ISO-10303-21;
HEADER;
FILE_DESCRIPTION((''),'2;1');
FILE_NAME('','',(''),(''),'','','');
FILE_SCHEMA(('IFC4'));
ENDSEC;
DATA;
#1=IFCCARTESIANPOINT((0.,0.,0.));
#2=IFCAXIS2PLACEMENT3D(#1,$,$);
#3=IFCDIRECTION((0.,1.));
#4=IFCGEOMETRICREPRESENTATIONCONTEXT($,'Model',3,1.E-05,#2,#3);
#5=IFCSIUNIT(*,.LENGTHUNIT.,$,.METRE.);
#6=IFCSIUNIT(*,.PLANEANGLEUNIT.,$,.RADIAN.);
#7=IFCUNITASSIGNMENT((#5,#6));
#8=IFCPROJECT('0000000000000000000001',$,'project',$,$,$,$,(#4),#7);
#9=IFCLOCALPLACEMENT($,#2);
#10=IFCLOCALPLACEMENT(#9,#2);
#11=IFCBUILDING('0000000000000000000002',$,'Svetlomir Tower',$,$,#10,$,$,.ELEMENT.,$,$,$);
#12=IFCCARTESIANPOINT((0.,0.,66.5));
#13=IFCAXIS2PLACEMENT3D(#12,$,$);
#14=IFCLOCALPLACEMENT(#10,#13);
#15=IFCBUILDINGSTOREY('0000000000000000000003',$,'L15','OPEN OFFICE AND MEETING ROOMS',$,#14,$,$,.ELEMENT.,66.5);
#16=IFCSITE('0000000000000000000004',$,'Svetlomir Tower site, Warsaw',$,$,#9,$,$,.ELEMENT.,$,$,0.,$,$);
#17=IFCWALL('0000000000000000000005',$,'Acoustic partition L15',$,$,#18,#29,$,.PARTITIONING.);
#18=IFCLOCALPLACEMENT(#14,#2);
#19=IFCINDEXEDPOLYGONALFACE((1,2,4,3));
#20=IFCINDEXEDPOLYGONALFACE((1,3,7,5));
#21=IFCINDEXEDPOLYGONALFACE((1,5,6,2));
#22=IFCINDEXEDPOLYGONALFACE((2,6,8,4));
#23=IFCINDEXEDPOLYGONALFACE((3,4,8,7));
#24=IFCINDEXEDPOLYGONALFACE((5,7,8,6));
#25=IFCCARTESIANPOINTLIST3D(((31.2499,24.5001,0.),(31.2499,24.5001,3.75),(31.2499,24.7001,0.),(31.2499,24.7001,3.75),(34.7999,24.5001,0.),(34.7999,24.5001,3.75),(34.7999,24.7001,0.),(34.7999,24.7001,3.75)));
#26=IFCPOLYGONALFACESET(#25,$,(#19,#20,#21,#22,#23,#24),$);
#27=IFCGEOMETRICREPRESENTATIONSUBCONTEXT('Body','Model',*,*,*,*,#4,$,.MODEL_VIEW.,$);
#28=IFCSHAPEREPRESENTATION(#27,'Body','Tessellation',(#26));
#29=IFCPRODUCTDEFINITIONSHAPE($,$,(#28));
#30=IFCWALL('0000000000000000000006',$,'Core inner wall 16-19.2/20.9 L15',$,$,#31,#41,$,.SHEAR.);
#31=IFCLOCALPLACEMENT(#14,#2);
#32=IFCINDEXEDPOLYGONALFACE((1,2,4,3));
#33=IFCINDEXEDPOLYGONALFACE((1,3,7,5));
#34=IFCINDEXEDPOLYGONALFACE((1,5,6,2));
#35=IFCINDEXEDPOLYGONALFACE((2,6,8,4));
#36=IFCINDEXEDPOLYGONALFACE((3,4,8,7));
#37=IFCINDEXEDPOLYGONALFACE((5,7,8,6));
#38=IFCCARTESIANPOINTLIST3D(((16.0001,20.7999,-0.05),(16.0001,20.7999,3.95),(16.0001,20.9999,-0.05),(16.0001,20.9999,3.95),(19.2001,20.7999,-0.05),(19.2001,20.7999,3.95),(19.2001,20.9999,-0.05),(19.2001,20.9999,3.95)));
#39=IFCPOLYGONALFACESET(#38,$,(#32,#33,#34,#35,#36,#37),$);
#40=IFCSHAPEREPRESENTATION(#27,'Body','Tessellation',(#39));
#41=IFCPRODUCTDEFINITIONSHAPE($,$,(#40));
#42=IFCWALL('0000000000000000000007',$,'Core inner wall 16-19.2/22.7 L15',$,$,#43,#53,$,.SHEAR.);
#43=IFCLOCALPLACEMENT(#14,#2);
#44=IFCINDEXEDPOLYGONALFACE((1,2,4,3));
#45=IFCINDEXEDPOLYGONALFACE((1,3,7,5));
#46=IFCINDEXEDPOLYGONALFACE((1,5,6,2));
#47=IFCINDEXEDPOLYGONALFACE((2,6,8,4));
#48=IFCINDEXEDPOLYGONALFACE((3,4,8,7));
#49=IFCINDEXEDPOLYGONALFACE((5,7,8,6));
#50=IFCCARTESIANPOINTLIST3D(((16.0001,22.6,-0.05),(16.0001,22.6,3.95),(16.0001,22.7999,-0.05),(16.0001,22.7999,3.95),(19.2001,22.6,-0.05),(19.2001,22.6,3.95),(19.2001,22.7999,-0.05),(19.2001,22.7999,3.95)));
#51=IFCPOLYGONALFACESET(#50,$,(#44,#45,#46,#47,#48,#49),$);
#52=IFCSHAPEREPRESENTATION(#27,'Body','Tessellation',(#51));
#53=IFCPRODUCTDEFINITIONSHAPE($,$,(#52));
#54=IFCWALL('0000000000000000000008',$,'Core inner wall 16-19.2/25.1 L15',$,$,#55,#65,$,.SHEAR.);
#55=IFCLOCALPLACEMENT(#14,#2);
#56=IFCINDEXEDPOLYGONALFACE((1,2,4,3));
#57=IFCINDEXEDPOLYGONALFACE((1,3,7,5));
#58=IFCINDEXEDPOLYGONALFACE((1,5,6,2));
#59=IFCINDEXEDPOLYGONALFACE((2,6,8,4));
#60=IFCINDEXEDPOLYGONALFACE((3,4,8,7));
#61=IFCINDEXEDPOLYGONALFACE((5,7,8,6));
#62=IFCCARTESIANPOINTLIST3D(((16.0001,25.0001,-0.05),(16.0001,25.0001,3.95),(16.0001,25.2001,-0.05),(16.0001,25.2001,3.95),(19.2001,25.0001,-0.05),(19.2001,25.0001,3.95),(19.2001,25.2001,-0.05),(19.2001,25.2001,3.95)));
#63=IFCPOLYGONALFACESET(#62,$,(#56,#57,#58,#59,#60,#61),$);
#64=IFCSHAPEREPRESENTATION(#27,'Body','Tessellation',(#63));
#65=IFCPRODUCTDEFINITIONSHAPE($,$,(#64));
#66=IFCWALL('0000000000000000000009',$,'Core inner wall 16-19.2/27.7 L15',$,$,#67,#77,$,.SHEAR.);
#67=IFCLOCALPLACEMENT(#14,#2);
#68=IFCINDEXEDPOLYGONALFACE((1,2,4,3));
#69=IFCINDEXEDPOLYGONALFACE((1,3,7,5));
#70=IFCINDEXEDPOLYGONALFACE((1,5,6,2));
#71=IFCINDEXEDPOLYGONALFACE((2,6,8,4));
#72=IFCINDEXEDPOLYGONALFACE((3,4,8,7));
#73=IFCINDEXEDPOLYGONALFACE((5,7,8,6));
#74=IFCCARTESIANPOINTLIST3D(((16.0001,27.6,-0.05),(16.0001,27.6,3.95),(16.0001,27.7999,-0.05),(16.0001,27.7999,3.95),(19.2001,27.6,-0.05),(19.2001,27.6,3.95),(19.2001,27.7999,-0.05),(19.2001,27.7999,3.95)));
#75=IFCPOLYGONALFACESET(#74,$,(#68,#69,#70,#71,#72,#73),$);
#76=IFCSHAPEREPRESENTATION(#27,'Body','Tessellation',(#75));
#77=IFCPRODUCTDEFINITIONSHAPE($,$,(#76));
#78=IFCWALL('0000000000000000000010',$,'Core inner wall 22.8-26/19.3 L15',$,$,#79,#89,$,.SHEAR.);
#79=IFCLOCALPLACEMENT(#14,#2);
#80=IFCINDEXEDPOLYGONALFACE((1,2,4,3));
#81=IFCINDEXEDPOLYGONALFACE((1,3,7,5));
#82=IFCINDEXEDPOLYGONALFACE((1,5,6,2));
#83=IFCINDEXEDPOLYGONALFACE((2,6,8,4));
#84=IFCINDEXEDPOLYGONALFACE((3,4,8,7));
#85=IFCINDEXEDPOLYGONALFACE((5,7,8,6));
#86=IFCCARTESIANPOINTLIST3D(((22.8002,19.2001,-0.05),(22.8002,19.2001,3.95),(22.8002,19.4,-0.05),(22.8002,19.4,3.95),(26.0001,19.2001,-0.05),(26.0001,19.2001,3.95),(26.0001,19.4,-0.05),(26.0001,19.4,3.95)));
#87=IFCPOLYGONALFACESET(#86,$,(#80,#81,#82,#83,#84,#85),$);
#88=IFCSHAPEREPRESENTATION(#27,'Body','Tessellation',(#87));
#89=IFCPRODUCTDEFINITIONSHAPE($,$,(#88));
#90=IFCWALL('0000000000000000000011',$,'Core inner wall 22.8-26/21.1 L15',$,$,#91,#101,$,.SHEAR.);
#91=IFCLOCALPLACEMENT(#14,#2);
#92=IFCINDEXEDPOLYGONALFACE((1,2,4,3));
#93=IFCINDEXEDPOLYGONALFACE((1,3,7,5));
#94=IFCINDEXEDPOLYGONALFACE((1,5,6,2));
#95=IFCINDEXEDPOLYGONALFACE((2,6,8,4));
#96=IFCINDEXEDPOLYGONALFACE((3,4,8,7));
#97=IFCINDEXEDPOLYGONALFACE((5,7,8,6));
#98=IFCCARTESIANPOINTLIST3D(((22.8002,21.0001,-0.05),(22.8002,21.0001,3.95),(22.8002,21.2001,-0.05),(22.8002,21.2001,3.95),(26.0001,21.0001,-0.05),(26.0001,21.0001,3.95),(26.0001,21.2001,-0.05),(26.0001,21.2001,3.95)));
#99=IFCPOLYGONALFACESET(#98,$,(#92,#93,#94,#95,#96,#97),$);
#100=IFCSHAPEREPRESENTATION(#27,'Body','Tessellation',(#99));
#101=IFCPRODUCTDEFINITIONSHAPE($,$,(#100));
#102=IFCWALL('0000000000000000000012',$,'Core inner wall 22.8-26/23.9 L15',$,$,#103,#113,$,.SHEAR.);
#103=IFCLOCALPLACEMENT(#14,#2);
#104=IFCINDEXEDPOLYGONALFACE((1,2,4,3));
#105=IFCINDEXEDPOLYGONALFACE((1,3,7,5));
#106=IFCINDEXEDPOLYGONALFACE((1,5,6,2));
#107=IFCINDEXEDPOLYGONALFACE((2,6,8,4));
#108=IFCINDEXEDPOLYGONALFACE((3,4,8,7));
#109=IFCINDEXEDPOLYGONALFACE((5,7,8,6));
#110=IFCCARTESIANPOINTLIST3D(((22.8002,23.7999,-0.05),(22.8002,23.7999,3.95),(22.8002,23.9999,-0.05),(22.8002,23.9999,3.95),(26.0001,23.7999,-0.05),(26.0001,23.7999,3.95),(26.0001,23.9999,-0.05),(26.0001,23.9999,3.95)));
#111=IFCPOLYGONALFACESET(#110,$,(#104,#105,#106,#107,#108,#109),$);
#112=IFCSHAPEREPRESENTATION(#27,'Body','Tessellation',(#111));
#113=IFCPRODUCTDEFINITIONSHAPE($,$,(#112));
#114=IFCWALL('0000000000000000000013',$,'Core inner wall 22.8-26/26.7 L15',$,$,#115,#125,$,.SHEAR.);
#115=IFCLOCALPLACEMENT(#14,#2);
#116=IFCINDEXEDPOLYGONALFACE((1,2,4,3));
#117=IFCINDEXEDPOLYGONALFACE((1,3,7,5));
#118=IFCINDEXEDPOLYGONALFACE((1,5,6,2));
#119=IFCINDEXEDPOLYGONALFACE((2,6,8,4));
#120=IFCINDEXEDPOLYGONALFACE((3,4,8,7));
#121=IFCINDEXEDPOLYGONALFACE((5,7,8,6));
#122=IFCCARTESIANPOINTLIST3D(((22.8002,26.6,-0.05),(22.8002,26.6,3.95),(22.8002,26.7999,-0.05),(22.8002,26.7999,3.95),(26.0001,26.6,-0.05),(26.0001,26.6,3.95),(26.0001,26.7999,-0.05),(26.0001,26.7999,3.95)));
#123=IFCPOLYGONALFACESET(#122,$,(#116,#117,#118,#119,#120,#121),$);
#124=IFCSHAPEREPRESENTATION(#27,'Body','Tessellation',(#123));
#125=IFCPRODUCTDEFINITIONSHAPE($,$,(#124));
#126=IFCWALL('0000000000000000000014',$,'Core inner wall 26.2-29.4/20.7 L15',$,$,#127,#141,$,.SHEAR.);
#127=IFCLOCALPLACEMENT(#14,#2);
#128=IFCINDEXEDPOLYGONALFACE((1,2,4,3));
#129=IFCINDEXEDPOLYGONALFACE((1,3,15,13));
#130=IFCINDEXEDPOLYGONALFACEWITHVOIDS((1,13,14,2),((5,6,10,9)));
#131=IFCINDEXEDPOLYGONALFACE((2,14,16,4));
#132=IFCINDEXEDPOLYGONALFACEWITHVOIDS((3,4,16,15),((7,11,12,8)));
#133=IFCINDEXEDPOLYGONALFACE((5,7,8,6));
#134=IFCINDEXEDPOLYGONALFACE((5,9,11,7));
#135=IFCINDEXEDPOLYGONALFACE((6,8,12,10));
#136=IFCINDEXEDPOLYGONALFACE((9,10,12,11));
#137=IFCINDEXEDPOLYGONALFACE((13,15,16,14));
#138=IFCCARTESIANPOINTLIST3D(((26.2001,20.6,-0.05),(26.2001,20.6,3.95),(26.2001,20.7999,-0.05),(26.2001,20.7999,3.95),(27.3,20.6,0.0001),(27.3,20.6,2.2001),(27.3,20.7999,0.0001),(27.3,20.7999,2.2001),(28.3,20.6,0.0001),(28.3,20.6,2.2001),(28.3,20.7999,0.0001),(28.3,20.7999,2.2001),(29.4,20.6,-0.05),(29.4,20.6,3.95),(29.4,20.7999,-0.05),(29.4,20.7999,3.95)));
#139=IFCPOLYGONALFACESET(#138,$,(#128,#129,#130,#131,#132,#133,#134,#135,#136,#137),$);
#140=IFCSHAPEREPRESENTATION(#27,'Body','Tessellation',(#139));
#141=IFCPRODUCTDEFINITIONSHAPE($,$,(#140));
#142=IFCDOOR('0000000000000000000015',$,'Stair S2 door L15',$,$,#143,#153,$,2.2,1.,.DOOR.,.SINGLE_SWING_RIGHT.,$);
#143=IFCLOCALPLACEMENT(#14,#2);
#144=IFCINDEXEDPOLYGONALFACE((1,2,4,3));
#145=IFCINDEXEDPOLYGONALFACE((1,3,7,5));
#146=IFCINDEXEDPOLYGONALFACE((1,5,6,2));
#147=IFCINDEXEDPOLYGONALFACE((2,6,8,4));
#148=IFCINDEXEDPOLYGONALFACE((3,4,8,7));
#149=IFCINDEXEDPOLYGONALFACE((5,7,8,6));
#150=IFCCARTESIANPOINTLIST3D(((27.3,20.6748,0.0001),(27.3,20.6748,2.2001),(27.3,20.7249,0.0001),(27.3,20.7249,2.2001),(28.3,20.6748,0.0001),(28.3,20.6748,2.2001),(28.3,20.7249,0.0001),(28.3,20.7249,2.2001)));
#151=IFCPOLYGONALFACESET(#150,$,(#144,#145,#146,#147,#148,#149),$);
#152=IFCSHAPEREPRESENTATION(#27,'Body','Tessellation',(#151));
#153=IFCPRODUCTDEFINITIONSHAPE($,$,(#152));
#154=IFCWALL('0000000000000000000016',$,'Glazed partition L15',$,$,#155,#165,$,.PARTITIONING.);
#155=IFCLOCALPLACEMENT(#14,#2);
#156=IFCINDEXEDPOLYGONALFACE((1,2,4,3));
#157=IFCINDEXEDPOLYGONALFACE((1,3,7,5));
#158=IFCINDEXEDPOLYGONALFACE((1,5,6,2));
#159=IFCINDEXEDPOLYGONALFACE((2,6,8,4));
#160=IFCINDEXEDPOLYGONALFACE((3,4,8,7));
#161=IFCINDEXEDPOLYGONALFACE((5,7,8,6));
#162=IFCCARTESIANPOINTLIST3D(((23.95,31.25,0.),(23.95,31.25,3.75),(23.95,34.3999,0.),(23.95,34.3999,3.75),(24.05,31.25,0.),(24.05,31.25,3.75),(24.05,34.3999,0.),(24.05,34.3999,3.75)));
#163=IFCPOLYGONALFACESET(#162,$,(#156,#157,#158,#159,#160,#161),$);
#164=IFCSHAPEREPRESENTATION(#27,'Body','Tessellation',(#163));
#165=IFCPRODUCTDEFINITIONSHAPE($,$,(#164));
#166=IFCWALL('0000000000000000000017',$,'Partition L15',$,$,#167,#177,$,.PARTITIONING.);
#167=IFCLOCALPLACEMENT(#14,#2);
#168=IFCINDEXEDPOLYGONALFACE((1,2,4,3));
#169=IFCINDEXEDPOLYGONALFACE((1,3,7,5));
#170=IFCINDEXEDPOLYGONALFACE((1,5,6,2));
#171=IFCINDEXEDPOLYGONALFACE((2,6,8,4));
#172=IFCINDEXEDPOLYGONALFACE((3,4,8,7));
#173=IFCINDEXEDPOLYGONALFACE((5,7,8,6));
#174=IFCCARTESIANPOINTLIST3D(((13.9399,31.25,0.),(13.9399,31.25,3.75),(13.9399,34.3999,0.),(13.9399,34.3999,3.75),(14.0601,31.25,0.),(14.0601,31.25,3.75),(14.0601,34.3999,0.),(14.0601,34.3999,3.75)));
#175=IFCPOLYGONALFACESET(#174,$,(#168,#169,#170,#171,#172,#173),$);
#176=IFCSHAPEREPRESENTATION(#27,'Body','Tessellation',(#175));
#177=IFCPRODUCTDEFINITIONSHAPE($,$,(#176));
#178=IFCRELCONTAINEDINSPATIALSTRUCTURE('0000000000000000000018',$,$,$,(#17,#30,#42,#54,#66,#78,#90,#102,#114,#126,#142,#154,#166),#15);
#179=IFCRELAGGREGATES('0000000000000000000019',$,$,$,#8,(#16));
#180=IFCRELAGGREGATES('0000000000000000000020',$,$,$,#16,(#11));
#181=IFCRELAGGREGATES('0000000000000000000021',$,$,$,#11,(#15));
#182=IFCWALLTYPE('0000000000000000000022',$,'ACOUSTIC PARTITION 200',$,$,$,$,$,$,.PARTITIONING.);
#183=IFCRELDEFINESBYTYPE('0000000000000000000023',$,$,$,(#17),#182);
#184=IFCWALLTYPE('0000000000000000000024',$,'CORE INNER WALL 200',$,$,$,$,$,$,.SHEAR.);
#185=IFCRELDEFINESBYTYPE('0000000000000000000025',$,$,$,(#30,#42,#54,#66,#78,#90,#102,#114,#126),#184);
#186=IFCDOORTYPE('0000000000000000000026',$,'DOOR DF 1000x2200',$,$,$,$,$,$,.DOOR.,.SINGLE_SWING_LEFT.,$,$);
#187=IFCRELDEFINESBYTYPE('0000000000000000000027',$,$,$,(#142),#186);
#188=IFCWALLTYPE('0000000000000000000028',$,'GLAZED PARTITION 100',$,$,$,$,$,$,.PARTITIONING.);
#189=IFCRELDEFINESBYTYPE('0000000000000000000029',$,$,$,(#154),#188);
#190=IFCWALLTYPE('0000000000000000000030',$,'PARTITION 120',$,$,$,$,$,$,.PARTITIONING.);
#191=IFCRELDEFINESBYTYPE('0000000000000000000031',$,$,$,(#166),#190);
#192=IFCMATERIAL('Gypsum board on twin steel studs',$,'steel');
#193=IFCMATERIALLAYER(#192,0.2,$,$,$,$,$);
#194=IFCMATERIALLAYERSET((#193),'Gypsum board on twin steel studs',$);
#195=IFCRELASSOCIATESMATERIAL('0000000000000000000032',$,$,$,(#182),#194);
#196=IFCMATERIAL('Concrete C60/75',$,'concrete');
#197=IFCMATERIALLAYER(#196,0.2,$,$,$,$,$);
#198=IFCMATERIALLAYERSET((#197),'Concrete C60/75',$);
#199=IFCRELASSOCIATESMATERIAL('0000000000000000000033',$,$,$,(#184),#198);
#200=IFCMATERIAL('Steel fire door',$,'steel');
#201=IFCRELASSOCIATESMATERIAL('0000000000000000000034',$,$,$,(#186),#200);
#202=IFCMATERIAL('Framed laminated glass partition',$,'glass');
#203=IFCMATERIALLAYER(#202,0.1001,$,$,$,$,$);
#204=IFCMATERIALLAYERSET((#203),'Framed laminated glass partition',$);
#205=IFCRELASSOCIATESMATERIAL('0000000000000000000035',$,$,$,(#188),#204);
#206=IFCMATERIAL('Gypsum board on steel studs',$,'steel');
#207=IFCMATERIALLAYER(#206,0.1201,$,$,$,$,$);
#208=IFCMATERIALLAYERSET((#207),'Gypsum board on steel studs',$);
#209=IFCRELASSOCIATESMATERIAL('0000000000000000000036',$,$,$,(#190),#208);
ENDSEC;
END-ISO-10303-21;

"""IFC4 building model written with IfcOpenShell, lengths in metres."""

from ifc_helpers import new_model, si_unit, direction, frame, frame_2d, origin, place, context, subcontext, project, spatial, rectangle, extrude, material, layer, layer_set, type_object, element, fill, save


model = new_model("IFC4")

# Units and contexts
model_context = context("Model", 3, precision=1e-05, world=origin(), true_north=direction((0.0, 1.0)))
body_context = subcontext(model_context, "Body", "Model", "MODEL_VIEW")
ifc_project = project(units=[si_unit("LENGTHUNIT", "METRE"), si_unit("PLANEANGLEUNIT", "RADIAN")], contexts=[model_context])

# Site, building, storey
site_placement = place(None, origin())
site = spatial("IfcSite", under=ifc_project, at=site_placement, Name="Svetlomir Tower site, Warsaw", CompositionType="ELEMENT", RefElevation=0.0)
building_placement = place(site_placement, origin())
building = spatial("IfcBuilding", under=site, at=building_placement, Name="Svetlomir Tower", CompositionType="ELEMENT")
storey_placement = place(building_placement, frame((0.0, 0.0, 66.5)))
storey = spatial("IfcBuildingStorey", under=building, at=storey_placement, Name="L15", Description="OPEN OFFICE AND MEETING ROOMS", CompositionType="ELEMENT", Elevation=66.5)

# Walls
ifc_material_1 = material(Name="Gypsum board on twin steel studs", Category="steel")
ifc_layer_1 = layer(ifc_material_1, 0.2)
ifc_layer_set_1 = layer_set([ifc_layer_1], Name="Gypsum board on twin steel studs")
wall_type_1 = type_object("IfcWallType", Name="ACOUSTIC PARTITION 200", PredefinedType="PARTITIONING", material=ifc_layer_set_1)
wall_1_placement = place(storey_placement, frame((31.25, 24.6001, 0.0), z_axis=(0.0, 0.0, 1.0), x_axis=(1.0, 0.0, 0.0)))
element("IfcWall", 1, at=wall_1_placement, inside=storey, type_object=wall_type_1, Name="Acoustic partition L15", PredefinedType="PARTITIONING", context=body_context, shape_type="SweptSolid", body=[
    extrude(rectangle(XDim=3.55, YDim=0.2, at=frame_2d((1.7749, 0.0))), origin(), (0.0, 0.0, 1.0), 3.75),
])
ifc_material_2 = material(Name="Concrete C60/75", Category="concrete")
ifc_layer_2 = layer(ifc_material_2, 0.2)
ifc_layer_set_2 = layer_set([ifc_layer_2], Name="Concrete C60/75")
wall_type_2 = type_object("IfcWallType", Name="CORE INNER WALL 200", PredefinedType="SHEAR", material=ifc_layer_set_2)
for number, where, z_axis, x_axis, name in (
    (2, (16.0, 20.8999, -0.05), (0.0, 0.0, 1.0), (1.0, 0.0, 0.0), "Core inner wall 16-19.2/20.9 L15"),
    (3, (16.0, 22.7, -0.05), (0.0, 0.0, 1.0), (1.0, 0.0, 0.0), "Core inner wall 16-19.2/22.7 L15"),
    (4, (16.0, 25.1001, -0.05), (0.0, 0.0, 1.0), (1.0, 0.0, 0.0), "Core inner wall 16-19.2/25.1 L15"),
    (5, (16.0, 27.7, -0.05), (0.0, 0.0, 1.0), (1.0, 0.0, 0.0), "Core inner wall 16-19.2/27.7 L15"),
    (6, (22.8, 19.3, -0.05), (0.0, 0.0, 1.0), (1.0, 0.0, 0.0), "Core inner wall 22.8-26/19.3 L15"),
    (7, (22.8, 21.1001, -0.05), (0.0, 0.0, 1.0), (1.0, 0.0, 0.0), "Core inner wall 22.8-26/21.1 L15"),
    (8, (22.8, 23.8999, -0.05), (0.0, 0.0, 1.0), (1.0, 0.0, 0.0), "Core inner wall 22.8-26/23.9 L15"),
    (9, (22.8, 26.7, -0.05), (0.0, 0.0, 1.0), (1.0, 0.0, 0.0), "Core inner wall 22.8-26/26.7 L15"),
):
    element("IfcWall", number, at=place(storey_placement, frame(where, z_axis=z_axis, x_axis=x_axis)), inside=storey, type_object=wall_type_2, Name=name, PredefinedType="SHEAR", context=body_context, shape_type="SweptSolid", body=[
        extrude(rectangle(XDim=3.2, YDim=0.2, at=frame_2d((1.6001, 0.0))), origin(), (0.0, 0.0, 1.0), 4.0),
    ])

# Wall, opening, door
wall_2_placement = place(storey_placement, frame((26.2, 20.7, -0.05), z_axis=(0.0, 0.0, 1.0), x_axis=(1.0, 0.0, 0.0)))
wall_2 = element("IfcWall", 10, at=wall_2_placement, inside=storey, type_object=wall_type_2, Name="Core inner wall 26.2-29.4/20.7 L15", PredefinedType="SHEAR", context=body_context, shape_type="SweptSolid", body=[
    extrude(rectangle(XDim=3.2, YDim=0.2, at=frame_2d((1.6001, 0.0))), origin(), (0.0, 0.0, 1.0), 4.0),
])
opening_1_placement = place(wall_2_placement, frame((1.1001, 0.0, 0.05)))
opening_1 = element("IfcOpeningElement", 11, at=opening_1_placement, cuts=wall_2, PredefinedType="OPENING", context=body_context, shape_type="SweptSolid", body=[
    extrude(rectangle(XDim=1.0, YDim=2.2, at=frame_2d((0.5, 1.1001))), frame((0.0, 0.1099, 0.0), z_axis=(0.0, -1.0, 0.0), x_axis=(1.0, 0.0, 0.0)), (0.0, 0.0, 1.0), 0.22),
])
ifc_material_3 = material(Name="Steel fire door", Category="steel")
door_type_1 = type_object("IfcDoorType", Name="DOOR DF 1000x2200", OperationType="SINGLE_SWING_LEFT", PredefinedType="DOOR", material=ifc_material_3)
door_1_placement = place(opening_1_placement, origin())
door_1 = element("IfcDoor", 12, at=door_1_placement, inside=storey, type_object=door_type_1, Name="Stair S2 door L15", OperationType="SINGLE_SWING_RIGHT", OverallHeight=2.2, OverallWidth=1.0, PredefinedType="DOOR", context=body_context, shape_type="SweptSolid", body=[
    extrude(rectangle(XDim=1.0, YDim=2.2, at=frame_2d((0.5, 1.1001))), frame((0.0, 0.0249, 0.0), z_axis=(0.0, -1.0, 0.0), x_axis=(1.0, 0.0, 0.0)), (0.0, 0.0, 1.0), 0.05),
])
fill(opening_1, door_1)

# Walls
ifc_material_4 = material(Name="Framed laminated glass partition", Category="glass")
ifc_layer_3 = layer(ifc_material_4, 0.1001)
ifc_layer_set_3 = layer_set([ifc_layer_3], Name="Framed laminated glass partition")
wall_type_3 = type_object("IfcWallType", Name="GLAZED PARTITION 100", PredefinedType="PARTITIONING", material=ifc_layer_set_3)
wall_3_placement = place(storey_placement, frame((24.0, 31.25, 0.0), z_axis=(0.0, 0.0, 1.0), x_axis=(0.0, 1.0, 0.0)))
element("IfcWall", 13, at=wall_3_placement, inside=storey, type_object=wall_type_3, Name="Glazed partition L15", PredefinedType="PARTITIONING", context=body_context, shape_type="SweptSolid", body=[
    extrude(rectangle(XDim=3.1499, YDim=0.1001, at=frame_2d((1.575, 0.0))), origin(), (0.0, 0.0, 1.0), 3.75),
])
ifc_material_5 = material(Name="Gypsum board on steel studs", Category="steel")
ifc_layer_4 = layer(ifc_material_5, 0.1201)
ifc_layer_set_4 = layer_set([ifc_layer_4], Name="Gypsum board on steel studs")
wall_type_4 = type_object("IfcWallType", Name="PARTITION 120", PredefinedType="PARTITIONING", material=ifc_layer_set_4)
wall_4_placement = place(storey_placement, frame((14.0, 31.25, 0.0), z_axis=(0.0, 0.0, 1.0), x_axis=(0.0, 1.0, 0.0)))
element("IfcWall", 14, at=wall_4_placement, inside=storey, type_object=wall_type_4, Name="Partition L15", PredefinedType="PARTITIONING", context=body_context, shape_type="SweptSolid", body=[
    extrude(rectangle(XDim=3.1499, YDim=0.1201, at=frame_2d((1.575, 0.0))), origin(), (0.0, 0.0, 1.0), 3.75),
])

save(model, "model.ifc")
